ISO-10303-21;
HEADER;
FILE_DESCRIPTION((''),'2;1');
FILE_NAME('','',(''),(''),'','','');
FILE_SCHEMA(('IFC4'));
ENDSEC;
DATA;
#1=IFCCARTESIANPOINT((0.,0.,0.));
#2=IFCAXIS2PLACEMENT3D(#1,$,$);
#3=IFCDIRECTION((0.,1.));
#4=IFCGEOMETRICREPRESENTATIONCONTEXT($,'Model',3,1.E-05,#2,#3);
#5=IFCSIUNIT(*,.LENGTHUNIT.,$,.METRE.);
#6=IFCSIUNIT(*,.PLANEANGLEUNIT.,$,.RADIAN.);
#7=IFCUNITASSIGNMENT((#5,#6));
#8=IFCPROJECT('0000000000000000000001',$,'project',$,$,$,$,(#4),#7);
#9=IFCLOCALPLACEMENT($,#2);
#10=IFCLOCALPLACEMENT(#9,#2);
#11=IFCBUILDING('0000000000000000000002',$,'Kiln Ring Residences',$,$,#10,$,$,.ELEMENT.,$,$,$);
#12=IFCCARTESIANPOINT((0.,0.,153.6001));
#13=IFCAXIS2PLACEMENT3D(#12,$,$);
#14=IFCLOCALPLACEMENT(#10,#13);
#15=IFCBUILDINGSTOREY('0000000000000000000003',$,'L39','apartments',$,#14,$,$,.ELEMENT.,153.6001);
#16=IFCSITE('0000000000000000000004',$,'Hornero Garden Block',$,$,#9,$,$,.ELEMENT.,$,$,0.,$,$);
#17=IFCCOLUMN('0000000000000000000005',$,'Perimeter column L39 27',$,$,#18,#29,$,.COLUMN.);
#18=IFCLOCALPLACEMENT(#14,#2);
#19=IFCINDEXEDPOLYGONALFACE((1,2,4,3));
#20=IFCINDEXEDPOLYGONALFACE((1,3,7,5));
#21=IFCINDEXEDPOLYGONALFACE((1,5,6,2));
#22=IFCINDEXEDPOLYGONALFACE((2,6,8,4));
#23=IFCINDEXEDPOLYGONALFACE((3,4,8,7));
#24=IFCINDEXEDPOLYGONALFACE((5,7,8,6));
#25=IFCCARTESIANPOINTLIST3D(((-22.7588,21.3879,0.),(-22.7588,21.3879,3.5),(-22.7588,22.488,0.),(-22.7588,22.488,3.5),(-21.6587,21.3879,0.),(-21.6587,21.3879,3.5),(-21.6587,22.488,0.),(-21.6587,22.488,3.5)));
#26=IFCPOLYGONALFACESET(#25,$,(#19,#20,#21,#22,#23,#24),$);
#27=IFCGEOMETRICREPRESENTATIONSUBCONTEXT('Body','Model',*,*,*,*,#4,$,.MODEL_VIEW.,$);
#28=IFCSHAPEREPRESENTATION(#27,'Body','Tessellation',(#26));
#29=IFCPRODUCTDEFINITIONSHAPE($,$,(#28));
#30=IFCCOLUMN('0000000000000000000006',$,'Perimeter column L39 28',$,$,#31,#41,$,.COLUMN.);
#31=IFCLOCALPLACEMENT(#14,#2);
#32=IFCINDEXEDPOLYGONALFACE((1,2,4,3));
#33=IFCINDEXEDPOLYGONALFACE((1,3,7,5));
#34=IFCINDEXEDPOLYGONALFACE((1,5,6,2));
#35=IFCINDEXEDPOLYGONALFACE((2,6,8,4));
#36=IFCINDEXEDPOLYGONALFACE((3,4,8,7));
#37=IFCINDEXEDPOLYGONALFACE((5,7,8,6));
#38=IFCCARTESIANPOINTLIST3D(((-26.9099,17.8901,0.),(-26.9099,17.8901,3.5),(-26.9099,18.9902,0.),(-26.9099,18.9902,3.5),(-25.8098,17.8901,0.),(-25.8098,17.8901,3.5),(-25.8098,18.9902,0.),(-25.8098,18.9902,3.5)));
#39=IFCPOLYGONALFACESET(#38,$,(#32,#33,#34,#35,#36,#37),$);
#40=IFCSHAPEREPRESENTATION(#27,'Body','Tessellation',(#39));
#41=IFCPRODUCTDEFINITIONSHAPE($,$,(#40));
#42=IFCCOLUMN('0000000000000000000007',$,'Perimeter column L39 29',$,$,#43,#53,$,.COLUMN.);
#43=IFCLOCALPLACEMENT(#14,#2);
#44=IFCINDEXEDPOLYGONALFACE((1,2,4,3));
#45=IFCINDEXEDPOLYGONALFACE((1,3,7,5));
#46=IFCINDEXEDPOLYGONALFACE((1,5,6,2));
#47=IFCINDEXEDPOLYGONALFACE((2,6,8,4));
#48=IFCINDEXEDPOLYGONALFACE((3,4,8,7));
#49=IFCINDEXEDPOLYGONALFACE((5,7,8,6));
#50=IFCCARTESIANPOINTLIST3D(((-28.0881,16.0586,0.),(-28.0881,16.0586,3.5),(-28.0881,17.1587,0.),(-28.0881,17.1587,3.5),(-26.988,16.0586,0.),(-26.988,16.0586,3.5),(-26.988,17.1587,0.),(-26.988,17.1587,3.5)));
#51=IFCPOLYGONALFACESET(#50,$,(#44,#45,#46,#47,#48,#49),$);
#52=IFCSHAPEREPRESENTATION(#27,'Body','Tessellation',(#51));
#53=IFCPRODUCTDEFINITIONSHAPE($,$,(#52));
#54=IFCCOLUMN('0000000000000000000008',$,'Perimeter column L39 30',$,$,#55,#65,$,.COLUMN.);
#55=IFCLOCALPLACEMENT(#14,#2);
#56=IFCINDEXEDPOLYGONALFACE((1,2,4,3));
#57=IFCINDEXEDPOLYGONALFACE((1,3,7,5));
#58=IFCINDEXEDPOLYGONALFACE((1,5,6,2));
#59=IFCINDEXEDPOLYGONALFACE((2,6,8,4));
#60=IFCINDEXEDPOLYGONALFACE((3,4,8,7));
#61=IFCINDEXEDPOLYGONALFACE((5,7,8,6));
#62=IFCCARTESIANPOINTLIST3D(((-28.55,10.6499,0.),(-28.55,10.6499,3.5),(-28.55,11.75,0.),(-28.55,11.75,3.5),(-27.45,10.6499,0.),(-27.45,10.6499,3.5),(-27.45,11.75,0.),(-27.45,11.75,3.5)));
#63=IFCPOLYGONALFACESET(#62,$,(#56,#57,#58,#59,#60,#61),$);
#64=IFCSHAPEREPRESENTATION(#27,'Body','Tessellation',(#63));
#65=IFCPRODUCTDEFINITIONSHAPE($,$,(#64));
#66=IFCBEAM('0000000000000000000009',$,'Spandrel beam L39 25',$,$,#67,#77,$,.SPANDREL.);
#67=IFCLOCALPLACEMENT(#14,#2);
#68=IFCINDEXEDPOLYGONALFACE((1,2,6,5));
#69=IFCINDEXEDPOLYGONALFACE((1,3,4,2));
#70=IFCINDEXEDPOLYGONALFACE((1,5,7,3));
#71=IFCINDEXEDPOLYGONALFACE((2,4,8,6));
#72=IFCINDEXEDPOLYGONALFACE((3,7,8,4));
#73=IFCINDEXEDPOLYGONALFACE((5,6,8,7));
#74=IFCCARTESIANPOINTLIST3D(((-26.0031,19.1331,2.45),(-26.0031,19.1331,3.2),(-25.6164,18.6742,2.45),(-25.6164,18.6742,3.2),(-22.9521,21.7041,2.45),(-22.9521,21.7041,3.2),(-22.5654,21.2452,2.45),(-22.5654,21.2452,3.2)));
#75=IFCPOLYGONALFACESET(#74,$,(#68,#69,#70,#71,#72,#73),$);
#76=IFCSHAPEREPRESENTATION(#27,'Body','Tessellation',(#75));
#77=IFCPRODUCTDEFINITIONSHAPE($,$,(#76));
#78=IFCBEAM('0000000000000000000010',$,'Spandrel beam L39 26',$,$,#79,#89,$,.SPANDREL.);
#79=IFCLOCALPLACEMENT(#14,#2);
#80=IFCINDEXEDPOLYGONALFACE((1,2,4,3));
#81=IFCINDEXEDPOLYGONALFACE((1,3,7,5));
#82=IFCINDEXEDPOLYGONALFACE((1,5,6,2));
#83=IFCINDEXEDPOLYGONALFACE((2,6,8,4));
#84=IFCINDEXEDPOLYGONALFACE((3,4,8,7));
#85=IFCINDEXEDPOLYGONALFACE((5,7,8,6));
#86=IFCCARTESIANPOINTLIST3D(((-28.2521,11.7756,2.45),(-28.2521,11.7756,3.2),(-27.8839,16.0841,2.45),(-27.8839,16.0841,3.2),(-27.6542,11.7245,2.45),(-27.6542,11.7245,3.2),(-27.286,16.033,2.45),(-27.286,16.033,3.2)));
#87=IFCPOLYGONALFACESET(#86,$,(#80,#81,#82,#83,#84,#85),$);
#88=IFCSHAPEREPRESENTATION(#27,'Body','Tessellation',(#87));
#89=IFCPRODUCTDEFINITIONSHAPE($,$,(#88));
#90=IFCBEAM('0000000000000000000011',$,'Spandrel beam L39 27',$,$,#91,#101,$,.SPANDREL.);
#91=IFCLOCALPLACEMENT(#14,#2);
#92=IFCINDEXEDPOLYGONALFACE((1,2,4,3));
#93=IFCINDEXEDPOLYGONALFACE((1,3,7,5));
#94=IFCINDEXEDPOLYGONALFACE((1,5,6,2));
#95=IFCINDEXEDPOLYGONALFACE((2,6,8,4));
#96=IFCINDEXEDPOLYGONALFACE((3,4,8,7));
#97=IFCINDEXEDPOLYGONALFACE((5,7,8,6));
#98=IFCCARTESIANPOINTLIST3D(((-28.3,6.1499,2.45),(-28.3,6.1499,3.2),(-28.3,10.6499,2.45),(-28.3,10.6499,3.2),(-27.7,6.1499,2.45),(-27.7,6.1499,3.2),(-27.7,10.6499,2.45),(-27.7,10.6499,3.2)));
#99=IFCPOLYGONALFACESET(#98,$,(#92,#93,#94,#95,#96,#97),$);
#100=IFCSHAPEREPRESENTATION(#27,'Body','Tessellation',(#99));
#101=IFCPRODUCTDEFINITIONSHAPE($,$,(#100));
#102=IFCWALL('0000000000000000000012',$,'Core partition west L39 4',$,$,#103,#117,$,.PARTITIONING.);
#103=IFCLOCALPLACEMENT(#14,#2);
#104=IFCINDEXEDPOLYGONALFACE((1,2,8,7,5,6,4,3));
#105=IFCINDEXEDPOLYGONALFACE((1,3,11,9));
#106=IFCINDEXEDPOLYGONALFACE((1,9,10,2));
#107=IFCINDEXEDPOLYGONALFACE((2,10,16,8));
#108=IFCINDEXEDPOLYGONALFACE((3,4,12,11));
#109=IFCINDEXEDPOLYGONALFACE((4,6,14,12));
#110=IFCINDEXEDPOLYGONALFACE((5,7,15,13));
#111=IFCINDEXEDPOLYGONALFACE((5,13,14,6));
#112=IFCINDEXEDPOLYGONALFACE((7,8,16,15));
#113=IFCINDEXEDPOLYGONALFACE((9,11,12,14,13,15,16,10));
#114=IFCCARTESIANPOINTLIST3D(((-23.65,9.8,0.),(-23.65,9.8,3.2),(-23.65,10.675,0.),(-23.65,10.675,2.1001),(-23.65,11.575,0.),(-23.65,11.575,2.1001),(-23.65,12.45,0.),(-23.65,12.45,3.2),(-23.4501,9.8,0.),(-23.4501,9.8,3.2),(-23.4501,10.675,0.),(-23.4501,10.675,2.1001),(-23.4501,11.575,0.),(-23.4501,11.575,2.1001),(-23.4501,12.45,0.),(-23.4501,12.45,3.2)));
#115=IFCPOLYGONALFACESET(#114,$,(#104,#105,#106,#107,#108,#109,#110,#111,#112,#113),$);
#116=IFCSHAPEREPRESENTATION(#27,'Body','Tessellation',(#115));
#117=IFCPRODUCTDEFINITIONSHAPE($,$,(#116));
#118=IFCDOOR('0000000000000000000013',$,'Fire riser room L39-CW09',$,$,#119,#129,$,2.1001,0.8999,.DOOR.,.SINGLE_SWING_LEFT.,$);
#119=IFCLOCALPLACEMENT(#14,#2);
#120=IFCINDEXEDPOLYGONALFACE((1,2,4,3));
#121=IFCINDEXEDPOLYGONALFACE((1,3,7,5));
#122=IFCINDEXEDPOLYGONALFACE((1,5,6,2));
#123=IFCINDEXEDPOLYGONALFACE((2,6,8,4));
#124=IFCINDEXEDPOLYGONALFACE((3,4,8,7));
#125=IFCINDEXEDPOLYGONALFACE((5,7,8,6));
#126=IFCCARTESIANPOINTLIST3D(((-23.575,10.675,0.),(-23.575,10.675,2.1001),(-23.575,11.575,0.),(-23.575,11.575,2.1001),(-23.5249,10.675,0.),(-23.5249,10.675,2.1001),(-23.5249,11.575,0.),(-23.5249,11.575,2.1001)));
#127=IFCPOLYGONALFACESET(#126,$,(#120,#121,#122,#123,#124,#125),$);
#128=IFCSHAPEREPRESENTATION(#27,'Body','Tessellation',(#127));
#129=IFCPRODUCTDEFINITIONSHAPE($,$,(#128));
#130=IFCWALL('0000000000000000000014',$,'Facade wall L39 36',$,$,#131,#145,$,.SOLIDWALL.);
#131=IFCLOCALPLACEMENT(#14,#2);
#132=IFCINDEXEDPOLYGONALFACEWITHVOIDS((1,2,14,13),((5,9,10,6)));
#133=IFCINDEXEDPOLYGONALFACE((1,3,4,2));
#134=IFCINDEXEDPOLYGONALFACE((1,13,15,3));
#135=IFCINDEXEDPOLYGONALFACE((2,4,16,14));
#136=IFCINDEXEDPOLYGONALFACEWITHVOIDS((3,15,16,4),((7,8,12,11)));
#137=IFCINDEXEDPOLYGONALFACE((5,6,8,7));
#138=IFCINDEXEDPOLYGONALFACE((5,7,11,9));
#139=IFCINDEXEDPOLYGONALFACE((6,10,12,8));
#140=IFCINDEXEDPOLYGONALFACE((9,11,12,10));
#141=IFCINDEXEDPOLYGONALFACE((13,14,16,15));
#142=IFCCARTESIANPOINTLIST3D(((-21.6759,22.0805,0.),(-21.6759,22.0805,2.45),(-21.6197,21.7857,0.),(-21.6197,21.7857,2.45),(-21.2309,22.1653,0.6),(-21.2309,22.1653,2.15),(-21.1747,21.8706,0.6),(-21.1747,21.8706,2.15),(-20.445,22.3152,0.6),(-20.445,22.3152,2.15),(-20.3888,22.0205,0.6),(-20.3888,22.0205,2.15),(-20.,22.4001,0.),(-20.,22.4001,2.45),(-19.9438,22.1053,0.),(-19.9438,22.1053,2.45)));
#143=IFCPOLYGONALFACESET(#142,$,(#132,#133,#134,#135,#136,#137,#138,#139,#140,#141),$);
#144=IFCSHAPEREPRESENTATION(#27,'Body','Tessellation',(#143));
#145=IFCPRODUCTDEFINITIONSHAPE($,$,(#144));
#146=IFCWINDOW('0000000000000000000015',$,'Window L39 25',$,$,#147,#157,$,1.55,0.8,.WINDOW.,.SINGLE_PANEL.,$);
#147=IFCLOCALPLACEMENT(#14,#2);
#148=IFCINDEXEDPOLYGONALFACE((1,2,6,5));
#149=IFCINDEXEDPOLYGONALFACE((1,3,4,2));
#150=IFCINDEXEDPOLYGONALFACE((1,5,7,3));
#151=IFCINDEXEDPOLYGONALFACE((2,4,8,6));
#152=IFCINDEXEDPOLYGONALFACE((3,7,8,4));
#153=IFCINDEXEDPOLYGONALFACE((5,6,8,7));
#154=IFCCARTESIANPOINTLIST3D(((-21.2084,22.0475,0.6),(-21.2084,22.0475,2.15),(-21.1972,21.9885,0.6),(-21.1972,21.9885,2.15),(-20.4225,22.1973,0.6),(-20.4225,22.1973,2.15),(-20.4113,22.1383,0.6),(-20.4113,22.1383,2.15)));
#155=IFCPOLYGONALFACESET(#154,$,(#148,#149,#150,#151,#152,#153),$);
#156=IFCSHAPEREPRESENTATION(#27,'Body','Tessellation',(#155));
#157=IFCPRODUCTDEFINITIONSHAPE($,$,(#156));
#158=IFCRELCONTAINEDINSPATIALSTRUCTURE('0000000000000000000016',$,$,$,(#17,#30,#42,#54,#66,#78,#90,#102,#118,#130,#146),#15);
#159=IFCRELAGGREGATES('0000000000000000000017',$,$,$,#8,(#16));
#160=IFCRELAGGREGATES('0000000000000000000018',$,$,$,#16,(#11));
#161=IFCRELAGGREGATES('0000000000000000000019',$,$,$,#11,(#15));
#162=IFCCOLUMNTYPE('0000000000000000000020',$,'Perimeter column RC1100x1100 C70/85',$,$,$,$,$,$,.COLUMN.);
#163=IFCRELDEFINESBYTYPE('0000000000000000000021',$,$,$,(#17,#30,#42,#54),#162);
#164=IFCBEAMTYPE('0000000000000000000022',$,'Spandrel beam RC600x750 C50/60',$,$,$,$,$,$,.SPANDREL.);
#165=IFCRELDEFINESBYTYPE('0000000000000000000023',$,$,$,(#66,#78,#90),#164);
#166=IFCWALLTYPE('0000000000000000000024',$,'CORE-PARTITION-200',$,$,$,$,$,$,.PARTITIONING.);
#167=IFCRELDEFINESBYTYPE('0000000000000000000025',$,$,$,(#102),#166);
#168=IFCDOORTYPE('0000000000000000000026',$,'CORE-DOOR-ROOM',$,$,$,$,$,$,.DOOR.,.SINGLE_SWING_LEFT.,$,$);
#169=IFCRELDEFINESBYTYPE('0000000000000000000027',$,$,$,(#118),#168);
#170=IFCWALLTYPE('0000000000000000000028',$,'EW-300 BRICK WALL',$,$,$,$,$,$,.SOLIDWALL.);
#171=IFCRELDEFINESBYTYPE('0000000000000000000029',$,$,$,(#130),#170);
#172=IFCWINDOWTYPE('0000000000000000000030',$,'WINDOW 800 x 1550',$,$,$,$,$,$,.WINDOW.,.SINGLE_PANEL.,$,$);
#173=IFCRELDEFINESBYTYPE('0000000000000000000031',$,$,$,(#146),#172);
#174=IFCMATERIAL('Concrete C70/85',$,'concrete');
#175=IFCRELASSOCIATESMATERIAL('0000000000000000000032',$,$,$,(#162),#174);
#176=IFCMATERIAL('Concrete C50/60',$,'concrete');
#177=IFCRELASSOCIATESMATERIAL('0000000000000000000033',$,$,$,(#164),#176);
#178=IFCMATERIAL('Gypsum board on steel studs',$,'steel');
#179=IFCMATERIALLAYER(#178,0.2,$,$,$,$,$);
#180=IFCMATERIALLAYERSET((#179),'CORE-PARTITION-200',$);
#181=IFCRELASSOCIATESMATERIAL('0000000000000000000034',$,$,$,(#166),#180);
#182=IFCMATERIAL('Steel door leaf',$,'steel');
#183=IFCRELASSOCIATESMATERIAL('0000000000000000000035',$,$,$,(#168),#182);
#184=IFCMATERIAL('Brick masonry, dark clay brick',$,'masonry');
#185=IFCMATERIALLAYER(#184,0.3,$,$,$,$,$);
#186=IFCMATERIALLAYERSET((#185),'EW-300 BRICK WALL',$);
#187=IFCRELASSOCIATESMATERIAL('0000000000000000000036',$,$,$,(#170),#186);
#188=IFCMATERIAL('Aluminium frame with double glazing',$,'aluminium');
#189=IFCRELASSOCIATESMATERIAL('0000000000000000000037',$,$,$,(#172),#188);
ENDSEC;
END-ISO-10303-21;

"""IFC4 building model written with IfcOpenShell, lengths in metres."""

from ifc_helpers import new_model, si_unit, direction, frame, frame_2d, origin, origin_2d, place, context, subcontext, project, spatial, rectangle, extrude, material, layer, layer_set, material_profile, profile_set, type_object, element, fill, save


model = new_model("IFC4")

# Units and contexts
model_context = context("Model", 3, precision=1e-05, world=origin(), true_north=direction((0.0, 1.0)))
body_context = subcontext(model_context, "Body", "Model", "MODEL_VIEW")
ifc_project = project(units=[si_unit("LENGTHUNIT", "METRE"), si_unit("PLANEANGLEUNIT", "RADIAN")], contexts=[model_context])

# Site, building, storey
site_placement = place(None, origin())
site = spatial("IfcSite", under=ifc_project, at=site_placement, Name="Hornero Garden Block", CompositionType="ELEMENT", RefElevation=0.0)
building_placement = place(site_placement, origin())
building = spatial("IfcBuilding", under=site, at=building_placement, Name="Kiln Ring Residences", CompositionType="ELEMENT")
storey_placement = place(building_placement, frame((0.0, 0.0, 153.6001)))
storey = spatial("IfcBuildingStorey", under=building, at=storey_placement, Name="L39", Description="apartments", CompositionType="ELEMENT", Elevation=153.6001)

# Columns
ifc_material_1 = material(Name="Concrete C70/85", Category="concrete")
ifc_material_profile_1 = material_profile(ifc_material_1, rectangle(XDim=1.1001, YDim=1.1001, at=origin_2d()), Name="RC1100x1100")
ifc_profile_set_1 = profile_set([ifc_material_profile_1], Name="Concrete C70/85")
column_type = type_object("IfcColumnType", Name="Perimeter column RC1100x1100 C70/85", PredefinedType="COLUMN", material=ifc_profile_set_1)
for number, where, z_axis, x_axis, name in (
    (1, (-22.2087, 21.938, 0.0), (0.0, 0.0, 1.0), (1.0, 0.0, 0.0), "Perimeter column L39 27"),
    (2, (-26.3599, 18.4402, 0.0), (0.0, 0.0, 1.0), (1.0, 0.0, 0.0), "Perimeter column L39 28"),
    (3, (-27.5381, 16.6086, 0.0), (0.0, 0.0, 1.0), (1.0, 0.0, 0.0), "Perimeter column L39 29"),
    (4, (-28.0, 11.2, 0.0), (0.0, 0.0, 1.0), (1.0, 0.0, 0.0), "Perimeter column L39 30"),
):
    element("IfcColumn", number, at=place(storey_placement, frame(where, z_axis=z_axis, x_axis=x_axis)), inside=storey, type_object=column_type, Name=name, PredefinedType="COLUMN", context=body_context, shape_type="SweptSolid", body=[
        extrude(rectangle(XDim=1.1001, YDim=1.1001, at=origin_2d()), origin(), (0.0, 0.0, 1.0), 3.5),
    ])

# Beams
ifc_material_2 = material(Name="Concrete C50/60", Category="concrete")
ifc_material_profile_2 = material_profile(ifc_material_2, rectangle(XDim=0.6001, YDim=0.75, at=origin_2d()), Name="RC600x750")
ifc_profile_set_2 = profile_set([ifc_material_profile_2], Name="Concrete C50/60")
beam_type = type_object("IfcBeamType", Name="Spandrel beam RC600x750 C50/60", PredefinedType="SPANDREL", material=ifc_profile_set_2)
beam_1_placement = place(storey_placement, frame((-22.7588, 21.4746, 2.825), z_axis=(-0.764694, -0.644394, 0.0), x_axis=(0.644394, -0.764694, 0.0)))
element("IfcBeam", 5, at=beam_1_placement, inside=storey, type_object=beam_type, Name="Spandrel beam L39 25", PredefinedType="SPANDREL", context=body_context, shape_type="SweptSolid", body=[
    extrude(rectangle(XDim=0.6001, YDim=0.75, at=origin_2d()), origin(), (0.0, 0.0, 1.0), 3.9897),
])
beam_2_placement = place(storey_placement, frame((-27.585, 16.0586, 2.825), z_axis=(-0.085139, -0.996369, 0.0), x_axis=(0.996369, -0.085139, 0.0)))
element("IfcBeam", 6, at=beam_2_placement, inside=storey, type_object=beam_type, Name="Spandrel beam L39 26", PredefinedType="SPANDREL", context=body_context, shape_type="SweptSolid", body=[
    extrude(rectangle(XDim=0.6001, YDim=0.75, at=origin_2d()), origin(), (0.0, 0.0, 1.0), 4.3242),
])
beam_3_placement = place(storey_placement, frame((-28.0, 10.6499, 2.825), z_axis=(0.0, -1.0, 0.0), x_axis=(1.0, 0.0, 0.0)))
element("IfcBeam", 7, at=beam_3_placement, inside=storey, type_object=beam_type, Name="Spandrel beam L39 27", PredefinedType="SPANDREL", context=body_context, shape_type="SweptSolid", body=[
    extrude(rectangle(XDim=0.6001, YDim=0.75, at=origin_2d()), origin(), (0.0, 0.0, 1.0), 4.5),
])

# Wall, opening, door
ifc_material_3 = material(Name="Gypsum board on steel studs", Category="steel")
ifc_layer_1 = layer(ifc_material_3, 0.2)
ifc_layer_set_1 = layer_set([ifc_layer_1], Name="CORE-PARTITION-200")
wall_type_1 = type_object("IfcWallType", Name="CORE-PARTITION-200", PredefinedType="PARTITIONING", material=ifc_layer_set_1)
wall_1_placement = place(storey_placement, frame((-23.55, 9.8, 0.0), z_axis=(0.0, 0.0, 1.0), x_axis=(0.0, 1.0, 0.0)))
wall_1 = element("IfcWall", 8, at=wall_1_placement, inside=storey, type_object=wall_type_1, Name="Core partition west L39 4", PredefinedType="PARTITIONING", context=body_context, shape_type="SweptSolid", body=[
    extrude(rectangle(XDim=2.6499, YDim=0.2, at=frame_2d((1.325, 0.0))), origin(), (0.0, 0.0, 1.0), 3.2),
])
opening_1_placement = place(wall_1_placement, frame((0.875, 0.0, 0.0)))
opening_1 = element("IfcOpeningElement", 9, at=opening_1_placement, cuts=wall_1, PredefinedType="OPENING", context=body_context, shape_type="SweptSolid", body=[
    extrude(rectangle(XDim=0.8999, YDim=2.1001, at=frame_2d((0.45, 1.05))), frame((0.0, 0.1099, 0.0), z_axis=(0.0, -1.0, 0.0), x_axis=(1.0, 0.0, 0.0)), (0.0, 0.0, 1.0), 0.22),
])
ifc_material_4 = material(Name="Steel door leaf", Category="steel")
door_type_1 = type_object("IfcDoorType", Name="CORE-DOOR-ROOM", OperationType="SINGLE_SWING_LEFT", PredefinedType="DOOR", material=ifc_material_4)
door_1_placement = place(opening_1_placement, origin())
door_1 = element("IfcDoor", 10, at=door_1_placement, inside=storey, type_object=door_type_1, Name="Fire riser room L39-CW09", OperationType="SINGLE_SWING_LEFT", OverallHeight=2.1001, OverallWidth=0.8999, PredefinedType="DOOR", context=body_context, shape_type="SweptSolid", body=[
    extrude(rectangle(XDim=0.8999, YDim=2.1001, at=frame_2d((0.45, 1.05))), frame((0.0, 0.0249, 0.0), z_axis=(0.0, -1.0, 0.0), x_axis=(1.0, 0.0, 0.0)), (0.0, 0.0, 1.0), 0.05),
])
fill(opening_1, door_1)

# Wall, opening, window
ifc_material_5 = material(Name="Brick masonry, dark clay brick", Category="masonry")
ifc_layer_2 = layer(ifc_material_5, 0.3)
ifc_layer_set_2 = layer_set([ifc_layer_2], Name="EW-300 BRICK WALL")
wall_type_2 = type_object("IfcWallType", Name="EW-300 BRICK WALL", PredefinedType="SOLIDWALL", material=ifc_layer_set_2)
wall_2_placement = place(storey_placement, frame((-19.9719, 22.2527, 0.0), z_axis=(0.0, 0.0, 1.0), x_axis=(-0.982297, -0.187329, 0.0)))
wall_2 = element("IfcWall", 11, at=wall_2_placement, inside=storey, type_object=wall_type_2, Name="Facade wall L39 36", PredefinedType="SOLIDWALL", context=body_context, shape_type="SweptSolid", body=[
    extrude(rectangle(XDim=1.7061, YDim=0.3, at=frame_2d((0.853, 0.0))), origin(), (0.0, 0.0, 1.0), 2.45),
])
opening_2_placement = place(wall_2_placement, frame((0.4531, 0.0, 0.6001)))
opening_2 = element("IfcOpeningElement", 12, at=opening_2_placement, cuts=wall_2, PredefinedType="OPENING", context=body_context, shape_type="SweptSolid", body=[
    extrude(rectangle(XDim=0.8, YDim=1.55, at=frame_2d((0.3999, 0.7749))), frame((0.0, 0.1599, 0.0), z_axis=(0.0, -1.0, 0.0), x_axis=(1.0, 0.0, 0.0)), (0.0, 0.0, 1.0), 0.3201),
])
ifc_material_6 = material(Name="Aluminium frame with double glazing", Category="aluminium")
window_type_1 = type_object("IfcWindowType", Name="WINDOW 800 x 1550", PartitioningType="SINGLE_PANEL", PredefinedType="WINDOW", material=ifc_material_6)
window_1_placement = place(opening_2_placement, origin())
window_1 = element("IfcWindow", 13, at=window_1_placement, inside=storey, type_object=window_type_1, Name="Window L39 25", OverallHeight=1.55, OverallWidth=0.8, PartitioningType="SINGLE_PANEL", PredefinedType="WINDOW", context=body_context, shape_type="SweptSolid", body=[
    extrude(rectangle(XDim=0.8, YDim=1.55, at=frame_2d((0.3999, 0.7749))), frame((0.0, 0.03, 0.0), z_axis=(0.0, -1.0, 0.0), x_axis=(1.0, 0.0, 0.0)), (0.0, 0.0, 1.0), 0.0601),
])
fill(opening_2, window_1)

save(model, "model.ifc")
